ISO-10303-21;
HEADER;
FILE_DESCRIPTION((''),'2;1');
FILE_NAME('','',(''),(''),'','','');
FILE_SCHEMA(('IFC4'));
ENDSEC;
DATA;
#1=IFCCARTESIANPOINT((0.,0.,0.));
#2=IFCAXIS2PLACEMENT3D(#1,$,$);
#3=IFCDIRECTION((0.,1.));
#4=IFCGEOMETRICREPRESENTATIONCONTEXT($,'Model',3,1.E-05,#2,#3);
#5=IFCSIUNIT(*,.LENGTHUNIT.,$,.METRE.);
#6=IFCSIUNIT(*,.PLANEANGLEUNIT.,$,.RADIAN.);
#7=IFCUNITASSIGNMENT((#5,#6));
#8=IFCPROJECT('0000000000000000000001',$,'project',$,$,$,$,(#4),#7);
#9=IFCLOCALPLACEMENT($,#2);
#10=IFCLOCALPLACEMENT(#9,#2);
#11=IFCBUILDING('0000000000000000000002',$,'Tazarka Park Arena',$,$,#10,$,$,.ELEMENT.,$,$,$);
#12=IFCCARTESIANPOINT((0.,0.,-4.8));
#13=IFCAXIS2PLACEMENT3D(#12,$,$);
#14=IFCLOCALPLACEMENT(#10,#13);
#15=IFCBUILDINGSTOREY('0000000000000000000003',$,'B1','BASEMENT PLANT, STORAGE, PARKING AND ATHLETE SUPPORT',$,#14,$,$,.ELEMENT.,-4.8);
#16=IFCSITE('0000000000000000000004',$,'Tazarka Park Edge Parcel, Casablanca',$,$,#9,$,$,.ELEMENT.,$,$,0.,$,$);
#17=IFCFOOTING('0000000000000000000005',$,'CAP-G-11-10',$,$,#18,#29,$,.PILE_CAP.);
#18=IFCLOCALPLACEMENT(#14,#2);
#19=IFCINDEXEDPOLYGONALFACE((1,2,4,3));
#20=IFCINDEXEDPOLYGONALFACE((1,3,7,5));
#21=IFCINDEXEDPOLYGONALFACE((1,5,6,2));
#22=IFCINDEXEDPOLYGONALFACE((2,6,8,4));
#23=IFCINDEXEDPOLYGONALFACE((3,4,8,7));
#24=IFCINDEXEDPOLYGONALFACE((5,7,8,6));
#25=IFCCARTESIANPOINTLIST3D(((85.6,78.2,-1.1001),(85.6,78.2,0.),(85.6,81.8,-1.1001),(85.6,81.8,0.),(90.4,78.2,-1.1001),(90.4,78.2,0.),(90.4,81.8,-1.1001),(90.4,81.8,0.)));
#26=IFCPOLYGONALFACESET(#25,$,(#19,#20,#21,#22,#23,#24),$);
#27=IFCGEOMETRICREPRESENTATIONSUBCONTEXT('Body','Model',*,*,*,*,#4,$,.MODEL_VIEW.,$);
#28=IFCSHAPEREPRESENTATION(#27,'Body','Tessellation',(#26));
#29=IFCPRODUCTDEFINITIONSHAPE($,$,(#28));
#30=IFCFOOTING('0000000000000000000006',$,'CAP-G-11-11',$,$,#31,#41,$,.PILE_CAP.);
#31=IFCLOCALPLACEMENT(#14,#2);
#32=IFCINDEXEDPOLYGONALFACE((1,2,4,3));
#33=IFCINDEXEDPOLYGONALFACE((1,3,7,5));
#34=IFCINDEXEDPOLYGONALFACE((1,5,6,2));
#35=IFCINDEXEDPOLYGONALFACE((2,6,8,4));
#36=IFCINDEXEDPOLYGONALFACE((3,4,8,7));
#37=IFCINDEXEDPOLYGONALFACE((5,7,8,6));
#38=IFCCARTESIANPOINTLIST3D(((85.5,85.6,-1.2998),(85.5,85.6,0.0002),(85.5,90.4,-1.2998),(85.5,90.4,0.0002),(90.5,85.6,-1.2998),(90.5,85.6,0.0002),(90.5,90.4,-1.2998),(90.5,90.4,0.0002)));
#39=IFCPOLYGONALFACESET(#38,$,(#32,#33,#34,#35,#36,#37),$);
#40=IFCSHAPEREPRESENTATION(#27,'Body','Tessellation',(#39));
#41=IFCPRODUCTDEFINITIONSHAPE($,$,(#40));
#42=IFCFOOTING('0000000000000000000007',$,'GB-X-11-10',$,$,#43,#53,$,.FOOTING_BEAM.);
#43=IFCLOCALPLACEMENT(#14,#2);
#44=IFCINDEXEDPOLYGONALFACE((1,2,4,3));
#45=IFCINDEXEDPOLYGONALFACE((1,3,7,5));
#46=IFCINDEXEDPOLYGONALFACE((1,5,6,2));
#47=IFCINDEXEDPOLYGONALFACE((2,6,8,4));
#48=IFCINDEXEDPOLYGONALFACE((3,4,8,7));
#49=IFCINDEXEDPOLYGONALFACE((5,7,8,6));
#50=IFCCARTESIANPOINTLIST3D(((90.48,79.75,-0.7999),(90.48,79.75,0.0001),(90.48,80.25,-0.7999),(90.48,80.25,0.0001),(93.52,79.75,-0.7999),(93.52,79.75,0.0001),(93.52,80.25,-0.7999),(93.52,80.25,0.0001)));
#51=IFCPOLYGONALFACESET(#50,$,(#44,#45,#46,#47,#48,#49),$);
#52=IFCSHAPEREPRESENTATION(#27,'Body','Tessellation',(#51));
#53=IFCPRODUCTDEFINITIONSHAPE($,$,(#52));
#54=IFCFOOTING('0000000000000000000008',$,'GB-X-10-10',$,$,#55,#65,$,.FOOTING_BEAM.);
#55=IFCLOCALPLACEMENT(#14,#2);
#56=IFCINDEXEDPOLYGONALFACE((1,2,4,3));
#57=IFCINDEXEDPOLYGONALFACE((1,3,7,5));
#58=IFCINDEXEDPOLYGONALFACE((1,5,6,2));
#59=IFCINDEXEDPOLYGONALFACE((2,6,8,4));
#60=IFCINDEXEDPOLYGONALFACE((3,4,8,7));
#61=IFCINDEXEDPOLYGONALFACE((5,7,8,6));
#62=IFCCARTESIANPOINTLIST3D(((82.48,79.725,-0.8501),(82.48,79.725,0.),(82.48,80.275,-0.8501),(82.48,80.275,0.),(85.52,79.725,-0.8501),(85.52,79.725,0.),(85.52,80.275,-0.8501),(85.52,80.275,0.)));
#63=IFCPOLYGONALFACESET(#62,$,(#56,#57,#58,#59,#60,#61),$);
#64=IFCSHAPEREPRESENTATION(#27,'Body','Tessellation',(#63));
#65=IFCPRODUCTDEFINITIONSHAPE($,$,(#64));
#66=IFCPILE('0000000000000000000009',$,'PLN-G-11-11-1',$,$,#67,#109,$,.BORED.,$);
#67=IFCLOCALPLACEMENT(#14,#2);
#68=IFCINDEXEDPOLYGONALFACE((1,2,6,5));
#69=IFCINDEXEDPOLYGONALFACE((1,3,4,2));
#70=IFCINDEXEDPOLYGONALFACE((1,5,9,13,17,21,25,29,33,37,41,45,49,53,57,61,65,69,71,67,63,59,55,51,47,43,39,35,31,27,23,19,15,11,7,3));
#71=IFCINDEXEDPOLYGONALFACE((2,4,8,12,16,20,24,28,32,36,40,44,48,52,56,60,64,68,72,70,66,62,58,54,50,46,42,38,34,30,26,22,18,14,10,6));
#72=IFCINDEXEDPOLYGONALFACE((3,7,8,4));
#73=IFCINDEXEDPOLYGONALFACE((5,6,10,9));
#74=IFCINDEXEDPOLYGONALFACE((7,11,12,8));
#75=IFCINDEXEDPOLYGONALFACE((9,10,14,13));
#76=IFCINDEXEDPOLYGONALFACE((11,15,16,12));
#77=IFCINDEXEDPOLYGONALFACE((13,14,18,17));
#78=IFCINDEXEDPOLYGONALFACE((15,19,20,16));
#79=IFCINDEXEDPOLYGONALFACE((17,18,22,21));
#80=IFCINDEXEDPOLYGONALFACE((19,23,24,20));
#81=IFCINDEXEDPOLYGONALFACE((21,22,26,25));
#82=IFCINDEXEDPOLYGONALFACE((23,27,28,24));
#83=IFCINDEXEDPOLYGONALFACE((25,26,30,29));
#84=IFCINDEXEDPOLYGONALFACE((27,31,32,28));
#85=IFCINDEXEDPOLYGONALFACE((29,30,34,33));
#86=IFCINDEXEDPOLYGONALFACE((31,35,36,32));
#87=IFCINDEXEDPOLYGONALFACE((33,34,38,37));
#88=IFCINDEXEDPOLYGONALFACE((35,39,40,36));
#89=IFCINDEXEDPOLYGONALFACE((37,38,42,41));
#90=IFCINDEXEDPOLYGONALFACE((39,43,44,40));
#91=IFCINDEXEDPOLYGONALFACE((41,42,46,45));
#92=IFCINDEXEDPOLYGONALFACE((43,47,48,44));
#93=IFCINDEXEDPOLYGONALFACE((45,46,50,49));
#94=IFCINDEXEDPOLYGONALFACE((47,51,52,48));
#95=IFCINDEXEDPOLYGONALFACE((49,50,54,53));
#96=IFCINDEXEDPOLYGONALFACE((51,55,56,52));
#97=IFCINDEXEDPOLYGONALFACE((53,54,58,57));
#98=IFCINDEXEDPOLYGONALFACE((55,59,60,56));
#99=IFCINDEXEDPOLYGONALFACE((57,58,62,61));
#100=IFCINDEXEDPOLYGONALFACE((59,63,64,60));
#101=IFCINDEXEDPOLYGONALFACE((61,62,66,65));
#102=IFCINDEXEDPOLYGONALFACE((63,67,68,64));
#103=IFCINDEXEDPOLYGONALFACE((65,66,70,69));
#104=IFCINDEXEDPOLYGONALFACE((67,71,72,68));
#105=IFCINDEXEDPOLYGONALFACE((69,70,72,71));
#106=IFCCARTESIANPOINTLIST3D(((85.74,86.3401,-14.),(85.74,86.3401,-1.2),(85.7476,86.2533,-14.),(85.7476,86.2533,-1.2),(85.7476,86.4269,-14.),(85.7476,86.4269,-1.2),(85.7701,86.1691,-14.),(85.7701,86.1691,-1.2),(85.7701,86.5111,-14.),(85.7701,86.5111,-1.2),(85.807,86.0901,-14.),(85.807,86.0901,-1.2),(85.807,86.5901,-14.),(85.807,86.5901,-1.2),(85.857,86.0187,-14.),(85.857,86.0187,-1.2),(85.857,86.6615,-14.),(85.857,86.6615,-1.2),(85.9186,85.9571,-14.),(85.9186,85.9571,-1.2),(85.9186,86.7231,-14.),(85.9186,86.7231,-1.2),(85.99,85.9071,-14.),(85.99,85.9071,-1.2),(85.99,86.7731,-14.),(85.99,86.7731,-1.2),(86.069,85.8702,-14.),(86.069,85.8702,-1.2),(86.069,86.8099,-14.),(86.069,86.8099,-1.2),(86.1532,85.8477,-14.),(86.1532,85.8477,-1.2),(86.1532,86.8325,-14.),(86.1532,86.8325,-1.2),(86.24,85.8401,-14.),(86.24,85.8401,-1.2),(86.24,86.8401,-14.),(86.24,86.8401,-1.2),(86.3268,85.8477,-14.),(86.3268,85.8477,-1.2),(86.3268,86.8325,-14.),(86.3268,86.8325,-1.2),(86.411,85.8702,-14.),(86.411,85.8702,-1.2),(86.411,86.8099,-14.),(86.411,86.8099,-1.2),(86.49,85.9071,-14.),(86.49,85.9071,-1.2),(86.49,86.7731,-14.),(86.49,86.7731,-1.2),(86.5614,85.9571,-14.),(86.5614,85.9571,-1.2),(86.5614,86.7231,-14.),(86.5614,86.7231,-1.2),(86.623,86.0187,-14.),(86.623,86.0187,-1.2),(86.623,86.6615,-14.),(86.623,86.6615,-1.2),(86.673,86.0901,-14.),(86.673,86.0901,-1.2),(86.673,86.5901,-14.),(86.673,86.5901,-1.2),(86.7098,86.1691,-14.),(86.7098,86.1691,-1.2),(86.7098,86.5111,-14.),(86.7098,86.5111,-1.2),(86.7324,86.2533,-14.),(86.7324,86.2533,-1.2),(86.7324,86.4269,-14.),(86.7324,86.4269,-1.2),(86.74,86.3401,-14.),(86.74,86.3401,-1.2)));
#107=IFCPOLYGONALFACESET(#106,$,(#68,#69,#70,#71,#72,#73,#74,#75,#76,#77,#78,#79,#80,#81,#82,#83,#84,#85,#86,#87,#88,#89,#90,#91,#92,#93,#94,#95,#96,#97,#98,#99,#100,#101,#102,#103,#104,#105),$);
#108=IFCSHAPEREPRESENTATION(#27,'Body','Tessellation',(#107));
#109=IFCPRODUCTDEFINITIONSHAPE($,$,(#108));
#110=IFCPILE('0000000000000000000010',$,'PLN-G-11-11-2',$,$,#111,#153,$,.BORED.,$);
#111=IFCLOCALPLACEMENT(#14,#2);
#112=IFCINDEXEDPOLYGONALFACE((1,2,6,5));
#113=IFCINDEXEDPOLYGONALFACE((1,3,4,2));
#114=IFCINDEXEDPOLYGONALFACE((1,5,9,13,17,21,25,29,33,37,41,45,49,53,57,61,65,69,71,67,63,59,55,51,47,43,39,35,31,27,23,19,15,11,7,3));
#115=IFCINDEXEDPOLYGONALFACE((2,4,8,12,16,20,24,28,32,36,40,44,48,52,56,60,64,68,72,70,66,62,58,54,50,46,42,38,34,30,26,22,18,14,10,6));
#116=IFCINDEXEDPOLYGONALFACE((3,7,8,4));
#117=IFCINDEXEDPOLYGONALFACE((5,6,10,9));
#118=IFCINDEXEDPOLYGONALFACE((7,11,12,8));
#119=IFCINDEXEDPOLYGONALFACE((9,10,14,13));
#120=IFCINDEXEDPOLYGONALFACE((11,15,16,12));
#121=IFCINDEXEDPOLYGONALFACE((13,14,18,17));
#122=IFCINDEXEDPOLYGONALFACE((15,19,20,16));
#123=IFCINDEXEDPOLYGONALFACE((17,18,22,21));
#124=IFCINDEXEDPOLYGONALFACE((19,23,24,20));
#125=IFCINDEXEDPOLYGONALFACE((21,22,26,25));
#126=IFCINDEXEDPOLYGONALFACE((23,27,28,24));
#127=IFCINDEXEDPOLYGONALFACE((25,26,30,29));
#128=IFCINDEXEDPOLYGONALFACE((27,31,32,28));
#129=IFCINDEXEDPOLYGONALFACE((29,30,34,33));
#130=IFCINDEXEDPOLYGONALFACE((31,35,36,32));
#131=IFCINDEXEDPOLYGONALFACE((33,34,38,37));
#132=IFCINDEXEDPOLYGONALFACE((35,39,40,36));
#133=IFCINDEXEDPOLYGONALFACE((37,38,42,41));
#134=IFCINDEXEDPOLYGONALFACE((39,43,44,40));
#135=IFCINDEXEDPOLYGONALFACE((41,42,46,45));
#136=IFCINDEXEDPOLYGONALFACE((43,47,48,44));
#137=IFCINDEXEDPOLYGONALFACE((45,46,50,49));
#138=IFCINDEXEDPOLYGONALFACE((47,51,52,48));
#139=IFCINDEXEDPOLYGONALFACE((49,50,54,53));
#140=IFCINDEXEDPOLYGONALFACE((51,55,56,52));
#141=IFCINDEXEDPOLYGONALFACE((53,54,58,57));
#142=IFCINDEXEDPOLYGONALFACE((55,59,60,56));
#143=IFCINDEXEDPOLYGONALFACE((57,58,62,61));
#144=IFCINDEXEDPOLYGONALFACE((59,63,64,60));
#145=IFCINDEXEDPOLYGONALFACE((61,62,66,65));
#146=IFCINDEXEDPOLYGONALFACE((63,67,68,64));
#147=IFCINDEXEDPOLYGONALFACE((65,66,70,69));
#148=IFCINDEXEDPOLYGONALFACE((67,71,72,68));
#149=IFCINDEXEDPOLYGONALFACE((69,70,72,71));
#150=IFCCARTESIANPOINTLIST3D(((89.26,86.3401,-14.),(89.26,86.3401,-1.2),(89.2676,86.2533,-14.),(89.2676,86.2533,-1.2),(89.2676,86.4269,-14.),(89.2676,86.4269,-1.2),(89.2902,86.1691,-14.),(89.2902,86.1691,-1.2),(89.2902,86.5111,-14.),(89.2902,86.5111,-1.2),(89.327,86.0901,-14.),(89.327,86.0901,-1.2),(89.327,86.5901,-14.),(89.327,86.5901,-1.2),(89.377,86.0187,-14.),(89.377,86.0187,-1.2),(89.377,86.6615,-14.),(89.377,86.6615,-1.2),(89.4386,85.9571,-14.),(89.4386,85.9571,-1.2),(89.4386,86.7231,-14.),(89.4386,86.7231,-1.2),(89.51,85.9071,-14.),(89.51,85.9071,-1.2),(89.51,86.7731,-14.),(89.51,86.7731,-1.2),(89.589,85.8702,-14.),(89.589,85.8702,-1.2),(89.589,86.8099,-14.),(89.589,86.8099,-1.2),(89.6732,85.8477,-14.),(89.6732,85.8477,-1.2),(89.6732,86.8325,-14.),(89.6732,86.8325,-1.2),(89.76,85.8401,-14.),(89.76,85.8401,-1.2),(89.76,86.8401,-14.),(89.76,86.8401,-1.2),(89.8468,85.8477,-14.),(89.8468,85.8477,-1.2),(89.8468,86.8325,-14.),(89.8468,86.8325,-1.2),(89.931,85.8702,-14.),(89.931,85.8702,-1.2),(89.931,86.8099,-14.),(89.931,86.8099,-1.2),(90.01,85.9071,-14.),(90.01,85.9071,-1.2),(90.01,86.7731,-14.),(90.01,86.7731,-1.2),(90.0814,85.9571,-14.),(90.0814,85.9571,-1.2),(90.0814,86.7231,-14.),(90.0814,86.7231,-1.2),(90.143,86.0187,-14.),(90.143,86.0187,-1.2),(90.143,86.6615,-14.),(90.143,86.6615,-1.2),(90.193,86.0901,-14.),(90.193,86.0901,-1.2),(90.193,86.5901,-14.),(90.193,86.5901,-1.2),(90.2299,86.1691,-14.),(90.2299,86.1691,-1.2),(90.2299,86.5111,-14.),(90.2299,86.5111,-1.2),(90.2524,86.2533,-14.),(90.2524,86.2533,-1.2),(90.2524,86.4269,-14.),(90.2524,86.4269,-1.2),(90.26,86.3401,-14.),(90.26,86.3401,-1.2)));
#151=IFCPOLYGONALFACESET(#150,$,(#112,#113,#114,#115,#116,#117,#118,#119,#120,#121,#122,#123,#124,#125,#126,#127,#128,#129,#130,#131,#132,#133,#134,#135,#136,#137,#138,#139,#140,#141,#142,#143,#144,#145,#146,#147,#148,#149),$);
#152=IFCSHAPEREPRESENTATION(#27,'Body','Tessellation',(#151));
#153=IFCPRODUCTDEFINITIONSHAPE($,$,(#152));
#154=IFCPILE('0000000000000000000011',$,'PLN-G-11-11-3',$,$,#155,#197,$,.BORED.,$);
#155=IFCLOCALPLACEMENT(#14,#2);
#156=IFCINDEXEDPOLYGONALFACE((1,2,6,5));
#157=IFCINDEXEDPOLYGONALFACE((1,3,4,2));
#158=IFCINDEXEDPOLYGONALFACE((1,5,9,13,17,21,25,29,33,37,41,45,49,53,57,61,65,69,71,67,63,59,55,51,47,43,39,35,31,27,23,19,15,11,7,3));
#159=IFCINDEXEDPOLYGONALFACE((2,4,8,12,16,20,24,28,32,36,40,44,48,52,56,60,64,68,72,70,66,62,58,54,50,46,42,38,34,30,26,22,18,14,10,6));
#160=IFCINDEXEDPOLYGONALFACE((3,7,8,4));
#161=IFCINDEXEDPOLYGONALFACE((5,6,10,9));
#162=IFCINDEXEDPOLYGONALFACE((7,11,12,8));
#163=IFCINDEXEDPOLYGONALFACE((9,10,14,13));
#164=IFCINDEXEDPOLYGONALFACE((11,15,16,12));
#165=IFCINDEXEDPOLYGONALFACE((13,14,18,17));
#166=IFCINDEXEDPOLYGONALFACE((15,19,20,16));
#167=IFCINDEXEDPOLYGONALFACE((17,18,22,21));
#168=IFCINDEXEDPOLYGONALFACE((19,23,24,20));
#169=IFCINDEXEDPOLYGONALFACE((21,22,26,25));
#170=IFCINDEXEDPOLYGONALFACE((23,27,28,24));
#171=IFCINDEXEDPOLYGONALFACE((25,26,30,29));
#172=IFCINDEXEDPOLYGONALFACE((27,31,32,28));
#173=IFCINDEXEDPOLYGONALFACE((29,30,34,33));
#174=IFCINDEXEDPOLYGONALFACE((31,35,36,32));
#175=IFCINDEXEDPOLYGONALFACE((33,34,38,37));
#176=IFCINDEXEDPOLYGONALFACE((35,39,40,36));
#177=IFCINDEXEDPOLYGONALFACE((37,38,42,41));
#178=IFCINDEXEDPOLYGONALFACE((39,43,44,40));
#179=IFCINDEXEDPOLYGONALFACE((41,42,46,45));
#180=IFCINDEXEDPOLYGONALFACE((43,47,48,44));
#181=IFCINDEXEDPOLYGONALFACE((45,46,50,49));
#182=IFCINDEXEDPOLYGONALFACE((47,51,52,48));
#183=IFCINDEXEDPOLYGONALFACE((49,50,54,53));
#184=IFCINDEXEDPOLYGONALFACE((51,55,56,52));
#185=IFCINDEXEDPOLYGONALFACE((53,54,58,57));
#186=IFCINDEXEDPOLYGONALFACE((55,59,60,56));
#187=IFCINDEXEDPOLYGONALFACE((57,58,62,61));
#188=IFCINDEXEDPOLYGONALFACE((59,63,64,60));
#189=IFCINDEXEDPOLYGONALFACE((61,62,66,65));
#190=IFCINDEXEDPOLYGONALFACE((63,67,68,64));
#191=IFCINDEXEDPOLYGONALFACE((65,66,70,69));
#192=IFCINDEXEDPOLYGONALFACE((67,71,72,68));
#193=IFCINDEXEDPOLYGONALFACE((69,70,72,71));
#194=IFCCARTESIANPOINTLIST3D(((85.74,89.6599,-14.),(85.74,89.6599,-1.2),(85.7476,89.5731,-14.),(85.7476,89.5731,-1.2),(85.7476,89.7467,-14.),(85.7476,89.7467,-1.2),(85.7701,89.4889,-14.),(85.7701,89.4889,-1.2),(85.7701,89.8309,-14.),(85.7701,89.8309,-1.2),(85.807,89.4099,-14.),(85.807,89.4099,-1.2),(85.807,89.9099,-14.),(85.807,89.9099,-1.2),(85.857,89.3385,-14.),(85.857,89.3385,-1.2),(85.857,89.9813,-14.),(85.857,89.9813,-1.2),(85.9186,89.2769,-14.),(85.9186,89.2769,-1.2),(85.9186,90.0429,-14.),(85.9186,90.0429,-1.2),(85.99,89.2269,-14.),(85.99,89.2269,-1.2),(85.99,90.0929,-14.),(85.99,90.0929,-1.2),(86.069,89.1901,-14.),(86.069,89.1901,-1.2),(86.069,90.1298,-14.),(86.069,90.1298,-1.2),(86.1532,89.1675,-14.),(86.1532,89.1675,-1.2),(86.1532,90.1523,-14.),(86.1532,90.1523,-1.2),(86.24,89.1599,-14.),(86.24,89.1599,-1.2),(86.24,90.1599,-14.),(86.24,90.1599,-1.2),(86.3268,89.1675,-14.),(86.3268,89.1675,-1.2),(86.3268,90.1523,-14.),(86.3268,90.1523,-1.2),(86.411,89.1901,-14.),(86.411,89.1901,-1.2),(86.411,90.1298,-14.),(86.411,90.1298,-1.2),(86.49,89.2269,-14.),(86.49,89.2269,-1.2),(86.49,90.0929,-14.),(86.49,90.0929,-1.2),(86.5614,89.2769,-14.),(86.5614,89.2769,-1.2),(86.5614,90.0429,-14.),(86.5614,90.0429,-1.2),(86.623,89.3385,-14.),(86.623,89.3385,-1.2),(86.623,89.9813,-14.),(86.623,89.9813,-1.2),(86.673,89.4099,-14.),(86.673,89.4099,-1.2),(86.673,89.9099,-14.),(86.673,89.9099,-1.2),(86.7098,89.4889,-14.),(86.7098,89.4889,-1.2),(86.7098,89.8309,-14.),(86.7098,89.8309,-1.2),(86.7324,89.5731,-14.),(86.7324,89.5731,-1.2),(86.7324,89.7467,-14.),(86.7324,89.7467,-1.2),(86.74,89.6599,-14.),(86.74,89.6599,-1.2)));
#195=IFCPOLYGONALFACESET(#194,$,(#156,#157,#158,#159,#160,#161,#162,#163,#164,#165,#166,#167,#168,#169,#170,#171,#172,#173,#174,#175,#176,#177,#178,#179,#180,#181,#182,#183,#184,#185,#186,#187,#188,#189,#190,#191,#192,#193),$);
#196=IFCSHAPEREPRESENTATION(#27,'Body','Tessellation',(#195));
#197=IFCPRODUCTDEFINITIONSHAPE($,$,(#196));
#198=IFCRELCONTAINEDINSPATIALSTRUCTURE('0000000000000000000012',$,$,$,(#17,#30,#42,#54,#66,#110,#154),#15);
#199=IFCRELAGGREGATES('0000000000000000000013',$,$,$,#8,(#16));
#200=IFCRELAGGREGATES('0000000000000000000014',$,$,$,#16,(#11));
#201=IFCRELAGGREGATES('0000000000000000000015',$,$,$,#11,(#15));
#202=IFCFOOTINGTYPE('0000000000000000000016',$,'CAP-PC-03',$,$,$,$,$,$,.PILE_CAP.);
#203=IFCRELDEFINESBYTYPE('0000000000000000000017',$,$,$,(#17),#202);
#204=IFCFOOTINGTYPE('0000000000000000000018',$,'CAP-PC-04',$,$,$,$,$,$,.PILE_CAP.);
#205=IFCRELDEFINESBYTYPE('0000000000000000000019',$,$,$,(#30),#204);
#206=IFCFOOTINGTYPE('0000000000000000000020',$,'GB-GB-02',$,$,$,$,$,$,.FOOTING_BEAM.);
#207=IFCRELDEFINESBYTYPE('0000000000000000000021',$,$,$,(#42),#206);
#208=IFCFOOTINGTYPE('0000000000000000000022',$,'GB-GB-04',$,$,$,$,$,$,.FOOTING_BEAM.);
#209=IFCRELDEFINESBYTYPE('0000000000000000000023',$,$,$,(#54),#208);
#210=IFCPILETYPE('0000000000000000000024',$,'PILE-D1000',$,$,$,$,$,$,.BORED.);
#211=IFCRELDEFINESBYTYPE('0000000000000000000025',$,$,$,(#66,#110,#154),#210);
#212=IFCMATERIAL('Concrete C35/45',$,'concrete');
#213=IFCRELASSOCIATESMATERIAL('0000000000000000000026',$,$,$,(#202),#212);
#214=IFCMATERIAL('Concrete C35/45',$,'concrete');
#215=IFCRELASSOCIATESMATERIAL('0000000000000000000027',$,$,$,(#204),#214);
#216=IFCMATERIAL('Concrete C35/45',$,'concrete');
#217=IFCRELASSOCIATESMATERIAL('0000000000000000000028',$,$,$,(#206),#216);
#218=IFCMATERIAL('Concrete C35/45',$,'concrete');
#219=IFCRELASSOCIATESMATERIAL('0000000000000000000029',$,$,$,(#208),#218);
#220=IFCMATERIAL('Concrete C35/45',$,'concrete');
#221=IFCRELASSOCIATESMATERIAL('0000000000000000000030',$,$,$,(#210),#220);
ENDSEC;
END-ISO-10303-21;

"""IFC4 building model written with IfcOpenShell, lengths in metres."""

from ifc_helpers import new_model, si_unit, direction, frame, origin, origin_2d, place, context, subcontext, project, spatial, rectangle, circle, extrude, material, material_profile, profile_set, type_object, element, save


model = new_model("IFC4")

# Units and contexts
model_context = context("Model", 3, precision=1e-05, world=origin(), true_north=direction((0.0, 1.0)))
body_context = subcontext(model_context, "Body", "Model", "MODEL_VIEW")
ifc_project = project(units=[si_unit("LENGTHUNIT", "METRE"), si_unit("PLANEANGLEUNIT", "RADIAN")], contexts=[model_context])

# Site, building, storey
site_placement = place(None, origin())
site = spatial("IfcSite", under=ifc_project, at=site_placement, Name="Tazarka Park Edge Parcel, Casablanca", CompositionType="ELEMENT", RefElevation=0.0)
building_placement = place(site_placement, origin())
building = spatial("IfcBuilding", under=site, at=building_placement, Name="Tazarka Park Arena", CompositionType="ELEMENT")
storey_placement = place(building_placement, frame((0.0, 0.0, -4.8)))
storey = spatial("IfcBuildingStorey", under=building, at=storey_placement, Name="B1", Description="BASEMENT PLANT, STORAGE, PARKING AND ATHLETE SUPPORT", CompositionType="ELEMENT", Elevation=-4.8)

# Footings
ifc_material_1 = material(Name="Concrete C35/45", Category="concrete")
footing_type_1 = type_object("IfcFootingType", Name="CAP-PC-03", PredefinedType="PILE_CAP", material=ifc_material_1)
footing_1_placement = place(storey_placement, frame((88.0, 80.0, -1.1001), z_axis=(0.0, 0.0, 1.0), x_axis=(1.0, 0.0, 0.0)))
element("IfcFooting", 1, at=footing_1_placement, inside=storey, type_object=footing_type_1, Name="CAP-G-11-10", PredefinedType="PILE_CAP", context=body_context, shape_type="SweptSolid", body=[
    extrude(rectangle(XDim=4.8, YDim=3.6001, at=origin_2d()), origin(), (0.0, 0.0, 1.0), 1.1001),
])
ifc_material_2 = material(Name="Concrete C35/45", Category="concrete")
footing_type_2 = type_object("IfcFootingType", Name="CAP-PC-04", PredefinedType="PILE_CAP", material=ifc_material_2)
footing_2_placement = place(storey_placement, frame((88.0, 88.0, -1.2998), z_axis=(0.0, 0.0, 1.0), x_axis=(1.0, 0.0, 0.0)))
element("IfcFooting", 2, at=footing_2_placement, inside=storey, type_object=footing_type_2, Name="CAP-G-11-11", PredefinedType="PILE_CAP", context=body_context, shape_type="SweptSolid", body=[
    extrude(rectangle(XDim=5.0, YDim=4.8, at=origin_2d()), origin(), (0.0, 0.0, 1.0), 1.3),
])
ifc_material_3 = material(Name="Concrete C35/45", Category="concrete")
ifc_material_profile_1 = material_profile(ifc_material_3, rectangle(XDim=0.5, YDim=0.8, at=origin_2d()), Name="Concrete C35/45")
ifc_profile_set_1 = profile_set([ifc_material_profile_1], Name="Concrete C35/45")
footing_type_3 = type_object("IfcFootingType", Name="GB-GB-02", PredefinedType="FOOTING_BEAM", material=ifc_profile_set_1)
footing_3_placement = place(storey_placement, frame((90.48, 80.0, -0.3999), z_axis=(1.0, 0.0, 0.0), x_axis=(0.0, 1.0, 0.0)))
element("IfcFooting", 3, at=footing_3_placement, inside=storey, type_object=footing_type_3, Name="GB-X-11-10", PredefinedType="FOOTING_BEAM", context=body_context, shape_type="SweptSolid", body=[
    extrude(rectangle(XDim=0.5, YDim=0.8, at=origin_2d()), origin(), (0.0, 0.0, 1.0), 3.04),
])
ifc_material_4 = material(Name="Concrete C35/45", Category="concrete")
ifc_material_profile_2 = material_profile(ifc_material_4, rectangle(XDim=0.55, YDim=0.8501, at=origin_2d()), Name="Concrete C35/45")
ifc_profile_set_2 = profile_set([ifc_material_profile_2], Name="Concrete C35/45")
footing_type_4 = type_object("IfcFootingType", Name="GB-GB-04", PredefinedType="FOOTING_BEAM", material=ifc_profile_set_2)
footing_4_placement = place(storey_placement, frame((82.48, 80.0, -0.425), z_axis=(1.0, 0.0, 0.0), x_axis=(0.0, 1.0, 0.0)))
element("IfcFooting", 4, at=footing_4_placement, inside=storey, type_object=footing_type_4, Name="GB-X-10-10", PredefinedType="FOOTING_BEAM", context=body_context, shape_type="SweptSolid", body=[
    extrude(rectangle(XDim=0.55, YDim=0.8501, at=origin_2d()), origin(), (0.0, 0.0, 1.0), 3.04),
])

# Piles
ifc_material_5 = material(Name="Concrete C35/45", Category="concrete")
ifc_material_profile_3 = material_profile(ifc_material_5, circle(Radius=0.5, at=origin_2d()), Name="Concrete C35/45")
ifc_profile_set_3 = profile_set([ifc_material_profile_3], Name="Concrete C35/45")
pile_type_1 = type_object("IfcPileType", Name="PILE-D1000", PredefinedType="BORED", material=ifc_profile_set_3)
for number, where, z_axis, x_axis, name in (
    (5, (86.24, 86.3401, -1.2), (0.0, 0.0, -1.0), (1.0, 0.0, 0.0), "PLN-G-11-11-1"),
    (6, (89.76, 86.3401, -1.2), (0.0, 0.0, -1.0), (1.0, 0.0, 0.0), "PLN-G-11-11-2"),
    (7, (86.24, 89.6599, -1.2), (0.0, 0.0, -1.0), (1.0, 0.0, 0.0), "PLN-G-11-11-3"),
):
    element("IfcPile", number, at=place(storey_placement, frame(where, z_axis=z_axis, x_axis=x_axis)), inside=storey, type_object=pile_type_1, Name=name, PredefinedType="BORED", context=body_context, shape_type="SweptSolid", body=[
        extrude(circle(Radius=0.5, at=origin_2d()), origin(), (0.0, 0.0, 1.0), 12.8),
    ])

save(model, "model.ifc")
